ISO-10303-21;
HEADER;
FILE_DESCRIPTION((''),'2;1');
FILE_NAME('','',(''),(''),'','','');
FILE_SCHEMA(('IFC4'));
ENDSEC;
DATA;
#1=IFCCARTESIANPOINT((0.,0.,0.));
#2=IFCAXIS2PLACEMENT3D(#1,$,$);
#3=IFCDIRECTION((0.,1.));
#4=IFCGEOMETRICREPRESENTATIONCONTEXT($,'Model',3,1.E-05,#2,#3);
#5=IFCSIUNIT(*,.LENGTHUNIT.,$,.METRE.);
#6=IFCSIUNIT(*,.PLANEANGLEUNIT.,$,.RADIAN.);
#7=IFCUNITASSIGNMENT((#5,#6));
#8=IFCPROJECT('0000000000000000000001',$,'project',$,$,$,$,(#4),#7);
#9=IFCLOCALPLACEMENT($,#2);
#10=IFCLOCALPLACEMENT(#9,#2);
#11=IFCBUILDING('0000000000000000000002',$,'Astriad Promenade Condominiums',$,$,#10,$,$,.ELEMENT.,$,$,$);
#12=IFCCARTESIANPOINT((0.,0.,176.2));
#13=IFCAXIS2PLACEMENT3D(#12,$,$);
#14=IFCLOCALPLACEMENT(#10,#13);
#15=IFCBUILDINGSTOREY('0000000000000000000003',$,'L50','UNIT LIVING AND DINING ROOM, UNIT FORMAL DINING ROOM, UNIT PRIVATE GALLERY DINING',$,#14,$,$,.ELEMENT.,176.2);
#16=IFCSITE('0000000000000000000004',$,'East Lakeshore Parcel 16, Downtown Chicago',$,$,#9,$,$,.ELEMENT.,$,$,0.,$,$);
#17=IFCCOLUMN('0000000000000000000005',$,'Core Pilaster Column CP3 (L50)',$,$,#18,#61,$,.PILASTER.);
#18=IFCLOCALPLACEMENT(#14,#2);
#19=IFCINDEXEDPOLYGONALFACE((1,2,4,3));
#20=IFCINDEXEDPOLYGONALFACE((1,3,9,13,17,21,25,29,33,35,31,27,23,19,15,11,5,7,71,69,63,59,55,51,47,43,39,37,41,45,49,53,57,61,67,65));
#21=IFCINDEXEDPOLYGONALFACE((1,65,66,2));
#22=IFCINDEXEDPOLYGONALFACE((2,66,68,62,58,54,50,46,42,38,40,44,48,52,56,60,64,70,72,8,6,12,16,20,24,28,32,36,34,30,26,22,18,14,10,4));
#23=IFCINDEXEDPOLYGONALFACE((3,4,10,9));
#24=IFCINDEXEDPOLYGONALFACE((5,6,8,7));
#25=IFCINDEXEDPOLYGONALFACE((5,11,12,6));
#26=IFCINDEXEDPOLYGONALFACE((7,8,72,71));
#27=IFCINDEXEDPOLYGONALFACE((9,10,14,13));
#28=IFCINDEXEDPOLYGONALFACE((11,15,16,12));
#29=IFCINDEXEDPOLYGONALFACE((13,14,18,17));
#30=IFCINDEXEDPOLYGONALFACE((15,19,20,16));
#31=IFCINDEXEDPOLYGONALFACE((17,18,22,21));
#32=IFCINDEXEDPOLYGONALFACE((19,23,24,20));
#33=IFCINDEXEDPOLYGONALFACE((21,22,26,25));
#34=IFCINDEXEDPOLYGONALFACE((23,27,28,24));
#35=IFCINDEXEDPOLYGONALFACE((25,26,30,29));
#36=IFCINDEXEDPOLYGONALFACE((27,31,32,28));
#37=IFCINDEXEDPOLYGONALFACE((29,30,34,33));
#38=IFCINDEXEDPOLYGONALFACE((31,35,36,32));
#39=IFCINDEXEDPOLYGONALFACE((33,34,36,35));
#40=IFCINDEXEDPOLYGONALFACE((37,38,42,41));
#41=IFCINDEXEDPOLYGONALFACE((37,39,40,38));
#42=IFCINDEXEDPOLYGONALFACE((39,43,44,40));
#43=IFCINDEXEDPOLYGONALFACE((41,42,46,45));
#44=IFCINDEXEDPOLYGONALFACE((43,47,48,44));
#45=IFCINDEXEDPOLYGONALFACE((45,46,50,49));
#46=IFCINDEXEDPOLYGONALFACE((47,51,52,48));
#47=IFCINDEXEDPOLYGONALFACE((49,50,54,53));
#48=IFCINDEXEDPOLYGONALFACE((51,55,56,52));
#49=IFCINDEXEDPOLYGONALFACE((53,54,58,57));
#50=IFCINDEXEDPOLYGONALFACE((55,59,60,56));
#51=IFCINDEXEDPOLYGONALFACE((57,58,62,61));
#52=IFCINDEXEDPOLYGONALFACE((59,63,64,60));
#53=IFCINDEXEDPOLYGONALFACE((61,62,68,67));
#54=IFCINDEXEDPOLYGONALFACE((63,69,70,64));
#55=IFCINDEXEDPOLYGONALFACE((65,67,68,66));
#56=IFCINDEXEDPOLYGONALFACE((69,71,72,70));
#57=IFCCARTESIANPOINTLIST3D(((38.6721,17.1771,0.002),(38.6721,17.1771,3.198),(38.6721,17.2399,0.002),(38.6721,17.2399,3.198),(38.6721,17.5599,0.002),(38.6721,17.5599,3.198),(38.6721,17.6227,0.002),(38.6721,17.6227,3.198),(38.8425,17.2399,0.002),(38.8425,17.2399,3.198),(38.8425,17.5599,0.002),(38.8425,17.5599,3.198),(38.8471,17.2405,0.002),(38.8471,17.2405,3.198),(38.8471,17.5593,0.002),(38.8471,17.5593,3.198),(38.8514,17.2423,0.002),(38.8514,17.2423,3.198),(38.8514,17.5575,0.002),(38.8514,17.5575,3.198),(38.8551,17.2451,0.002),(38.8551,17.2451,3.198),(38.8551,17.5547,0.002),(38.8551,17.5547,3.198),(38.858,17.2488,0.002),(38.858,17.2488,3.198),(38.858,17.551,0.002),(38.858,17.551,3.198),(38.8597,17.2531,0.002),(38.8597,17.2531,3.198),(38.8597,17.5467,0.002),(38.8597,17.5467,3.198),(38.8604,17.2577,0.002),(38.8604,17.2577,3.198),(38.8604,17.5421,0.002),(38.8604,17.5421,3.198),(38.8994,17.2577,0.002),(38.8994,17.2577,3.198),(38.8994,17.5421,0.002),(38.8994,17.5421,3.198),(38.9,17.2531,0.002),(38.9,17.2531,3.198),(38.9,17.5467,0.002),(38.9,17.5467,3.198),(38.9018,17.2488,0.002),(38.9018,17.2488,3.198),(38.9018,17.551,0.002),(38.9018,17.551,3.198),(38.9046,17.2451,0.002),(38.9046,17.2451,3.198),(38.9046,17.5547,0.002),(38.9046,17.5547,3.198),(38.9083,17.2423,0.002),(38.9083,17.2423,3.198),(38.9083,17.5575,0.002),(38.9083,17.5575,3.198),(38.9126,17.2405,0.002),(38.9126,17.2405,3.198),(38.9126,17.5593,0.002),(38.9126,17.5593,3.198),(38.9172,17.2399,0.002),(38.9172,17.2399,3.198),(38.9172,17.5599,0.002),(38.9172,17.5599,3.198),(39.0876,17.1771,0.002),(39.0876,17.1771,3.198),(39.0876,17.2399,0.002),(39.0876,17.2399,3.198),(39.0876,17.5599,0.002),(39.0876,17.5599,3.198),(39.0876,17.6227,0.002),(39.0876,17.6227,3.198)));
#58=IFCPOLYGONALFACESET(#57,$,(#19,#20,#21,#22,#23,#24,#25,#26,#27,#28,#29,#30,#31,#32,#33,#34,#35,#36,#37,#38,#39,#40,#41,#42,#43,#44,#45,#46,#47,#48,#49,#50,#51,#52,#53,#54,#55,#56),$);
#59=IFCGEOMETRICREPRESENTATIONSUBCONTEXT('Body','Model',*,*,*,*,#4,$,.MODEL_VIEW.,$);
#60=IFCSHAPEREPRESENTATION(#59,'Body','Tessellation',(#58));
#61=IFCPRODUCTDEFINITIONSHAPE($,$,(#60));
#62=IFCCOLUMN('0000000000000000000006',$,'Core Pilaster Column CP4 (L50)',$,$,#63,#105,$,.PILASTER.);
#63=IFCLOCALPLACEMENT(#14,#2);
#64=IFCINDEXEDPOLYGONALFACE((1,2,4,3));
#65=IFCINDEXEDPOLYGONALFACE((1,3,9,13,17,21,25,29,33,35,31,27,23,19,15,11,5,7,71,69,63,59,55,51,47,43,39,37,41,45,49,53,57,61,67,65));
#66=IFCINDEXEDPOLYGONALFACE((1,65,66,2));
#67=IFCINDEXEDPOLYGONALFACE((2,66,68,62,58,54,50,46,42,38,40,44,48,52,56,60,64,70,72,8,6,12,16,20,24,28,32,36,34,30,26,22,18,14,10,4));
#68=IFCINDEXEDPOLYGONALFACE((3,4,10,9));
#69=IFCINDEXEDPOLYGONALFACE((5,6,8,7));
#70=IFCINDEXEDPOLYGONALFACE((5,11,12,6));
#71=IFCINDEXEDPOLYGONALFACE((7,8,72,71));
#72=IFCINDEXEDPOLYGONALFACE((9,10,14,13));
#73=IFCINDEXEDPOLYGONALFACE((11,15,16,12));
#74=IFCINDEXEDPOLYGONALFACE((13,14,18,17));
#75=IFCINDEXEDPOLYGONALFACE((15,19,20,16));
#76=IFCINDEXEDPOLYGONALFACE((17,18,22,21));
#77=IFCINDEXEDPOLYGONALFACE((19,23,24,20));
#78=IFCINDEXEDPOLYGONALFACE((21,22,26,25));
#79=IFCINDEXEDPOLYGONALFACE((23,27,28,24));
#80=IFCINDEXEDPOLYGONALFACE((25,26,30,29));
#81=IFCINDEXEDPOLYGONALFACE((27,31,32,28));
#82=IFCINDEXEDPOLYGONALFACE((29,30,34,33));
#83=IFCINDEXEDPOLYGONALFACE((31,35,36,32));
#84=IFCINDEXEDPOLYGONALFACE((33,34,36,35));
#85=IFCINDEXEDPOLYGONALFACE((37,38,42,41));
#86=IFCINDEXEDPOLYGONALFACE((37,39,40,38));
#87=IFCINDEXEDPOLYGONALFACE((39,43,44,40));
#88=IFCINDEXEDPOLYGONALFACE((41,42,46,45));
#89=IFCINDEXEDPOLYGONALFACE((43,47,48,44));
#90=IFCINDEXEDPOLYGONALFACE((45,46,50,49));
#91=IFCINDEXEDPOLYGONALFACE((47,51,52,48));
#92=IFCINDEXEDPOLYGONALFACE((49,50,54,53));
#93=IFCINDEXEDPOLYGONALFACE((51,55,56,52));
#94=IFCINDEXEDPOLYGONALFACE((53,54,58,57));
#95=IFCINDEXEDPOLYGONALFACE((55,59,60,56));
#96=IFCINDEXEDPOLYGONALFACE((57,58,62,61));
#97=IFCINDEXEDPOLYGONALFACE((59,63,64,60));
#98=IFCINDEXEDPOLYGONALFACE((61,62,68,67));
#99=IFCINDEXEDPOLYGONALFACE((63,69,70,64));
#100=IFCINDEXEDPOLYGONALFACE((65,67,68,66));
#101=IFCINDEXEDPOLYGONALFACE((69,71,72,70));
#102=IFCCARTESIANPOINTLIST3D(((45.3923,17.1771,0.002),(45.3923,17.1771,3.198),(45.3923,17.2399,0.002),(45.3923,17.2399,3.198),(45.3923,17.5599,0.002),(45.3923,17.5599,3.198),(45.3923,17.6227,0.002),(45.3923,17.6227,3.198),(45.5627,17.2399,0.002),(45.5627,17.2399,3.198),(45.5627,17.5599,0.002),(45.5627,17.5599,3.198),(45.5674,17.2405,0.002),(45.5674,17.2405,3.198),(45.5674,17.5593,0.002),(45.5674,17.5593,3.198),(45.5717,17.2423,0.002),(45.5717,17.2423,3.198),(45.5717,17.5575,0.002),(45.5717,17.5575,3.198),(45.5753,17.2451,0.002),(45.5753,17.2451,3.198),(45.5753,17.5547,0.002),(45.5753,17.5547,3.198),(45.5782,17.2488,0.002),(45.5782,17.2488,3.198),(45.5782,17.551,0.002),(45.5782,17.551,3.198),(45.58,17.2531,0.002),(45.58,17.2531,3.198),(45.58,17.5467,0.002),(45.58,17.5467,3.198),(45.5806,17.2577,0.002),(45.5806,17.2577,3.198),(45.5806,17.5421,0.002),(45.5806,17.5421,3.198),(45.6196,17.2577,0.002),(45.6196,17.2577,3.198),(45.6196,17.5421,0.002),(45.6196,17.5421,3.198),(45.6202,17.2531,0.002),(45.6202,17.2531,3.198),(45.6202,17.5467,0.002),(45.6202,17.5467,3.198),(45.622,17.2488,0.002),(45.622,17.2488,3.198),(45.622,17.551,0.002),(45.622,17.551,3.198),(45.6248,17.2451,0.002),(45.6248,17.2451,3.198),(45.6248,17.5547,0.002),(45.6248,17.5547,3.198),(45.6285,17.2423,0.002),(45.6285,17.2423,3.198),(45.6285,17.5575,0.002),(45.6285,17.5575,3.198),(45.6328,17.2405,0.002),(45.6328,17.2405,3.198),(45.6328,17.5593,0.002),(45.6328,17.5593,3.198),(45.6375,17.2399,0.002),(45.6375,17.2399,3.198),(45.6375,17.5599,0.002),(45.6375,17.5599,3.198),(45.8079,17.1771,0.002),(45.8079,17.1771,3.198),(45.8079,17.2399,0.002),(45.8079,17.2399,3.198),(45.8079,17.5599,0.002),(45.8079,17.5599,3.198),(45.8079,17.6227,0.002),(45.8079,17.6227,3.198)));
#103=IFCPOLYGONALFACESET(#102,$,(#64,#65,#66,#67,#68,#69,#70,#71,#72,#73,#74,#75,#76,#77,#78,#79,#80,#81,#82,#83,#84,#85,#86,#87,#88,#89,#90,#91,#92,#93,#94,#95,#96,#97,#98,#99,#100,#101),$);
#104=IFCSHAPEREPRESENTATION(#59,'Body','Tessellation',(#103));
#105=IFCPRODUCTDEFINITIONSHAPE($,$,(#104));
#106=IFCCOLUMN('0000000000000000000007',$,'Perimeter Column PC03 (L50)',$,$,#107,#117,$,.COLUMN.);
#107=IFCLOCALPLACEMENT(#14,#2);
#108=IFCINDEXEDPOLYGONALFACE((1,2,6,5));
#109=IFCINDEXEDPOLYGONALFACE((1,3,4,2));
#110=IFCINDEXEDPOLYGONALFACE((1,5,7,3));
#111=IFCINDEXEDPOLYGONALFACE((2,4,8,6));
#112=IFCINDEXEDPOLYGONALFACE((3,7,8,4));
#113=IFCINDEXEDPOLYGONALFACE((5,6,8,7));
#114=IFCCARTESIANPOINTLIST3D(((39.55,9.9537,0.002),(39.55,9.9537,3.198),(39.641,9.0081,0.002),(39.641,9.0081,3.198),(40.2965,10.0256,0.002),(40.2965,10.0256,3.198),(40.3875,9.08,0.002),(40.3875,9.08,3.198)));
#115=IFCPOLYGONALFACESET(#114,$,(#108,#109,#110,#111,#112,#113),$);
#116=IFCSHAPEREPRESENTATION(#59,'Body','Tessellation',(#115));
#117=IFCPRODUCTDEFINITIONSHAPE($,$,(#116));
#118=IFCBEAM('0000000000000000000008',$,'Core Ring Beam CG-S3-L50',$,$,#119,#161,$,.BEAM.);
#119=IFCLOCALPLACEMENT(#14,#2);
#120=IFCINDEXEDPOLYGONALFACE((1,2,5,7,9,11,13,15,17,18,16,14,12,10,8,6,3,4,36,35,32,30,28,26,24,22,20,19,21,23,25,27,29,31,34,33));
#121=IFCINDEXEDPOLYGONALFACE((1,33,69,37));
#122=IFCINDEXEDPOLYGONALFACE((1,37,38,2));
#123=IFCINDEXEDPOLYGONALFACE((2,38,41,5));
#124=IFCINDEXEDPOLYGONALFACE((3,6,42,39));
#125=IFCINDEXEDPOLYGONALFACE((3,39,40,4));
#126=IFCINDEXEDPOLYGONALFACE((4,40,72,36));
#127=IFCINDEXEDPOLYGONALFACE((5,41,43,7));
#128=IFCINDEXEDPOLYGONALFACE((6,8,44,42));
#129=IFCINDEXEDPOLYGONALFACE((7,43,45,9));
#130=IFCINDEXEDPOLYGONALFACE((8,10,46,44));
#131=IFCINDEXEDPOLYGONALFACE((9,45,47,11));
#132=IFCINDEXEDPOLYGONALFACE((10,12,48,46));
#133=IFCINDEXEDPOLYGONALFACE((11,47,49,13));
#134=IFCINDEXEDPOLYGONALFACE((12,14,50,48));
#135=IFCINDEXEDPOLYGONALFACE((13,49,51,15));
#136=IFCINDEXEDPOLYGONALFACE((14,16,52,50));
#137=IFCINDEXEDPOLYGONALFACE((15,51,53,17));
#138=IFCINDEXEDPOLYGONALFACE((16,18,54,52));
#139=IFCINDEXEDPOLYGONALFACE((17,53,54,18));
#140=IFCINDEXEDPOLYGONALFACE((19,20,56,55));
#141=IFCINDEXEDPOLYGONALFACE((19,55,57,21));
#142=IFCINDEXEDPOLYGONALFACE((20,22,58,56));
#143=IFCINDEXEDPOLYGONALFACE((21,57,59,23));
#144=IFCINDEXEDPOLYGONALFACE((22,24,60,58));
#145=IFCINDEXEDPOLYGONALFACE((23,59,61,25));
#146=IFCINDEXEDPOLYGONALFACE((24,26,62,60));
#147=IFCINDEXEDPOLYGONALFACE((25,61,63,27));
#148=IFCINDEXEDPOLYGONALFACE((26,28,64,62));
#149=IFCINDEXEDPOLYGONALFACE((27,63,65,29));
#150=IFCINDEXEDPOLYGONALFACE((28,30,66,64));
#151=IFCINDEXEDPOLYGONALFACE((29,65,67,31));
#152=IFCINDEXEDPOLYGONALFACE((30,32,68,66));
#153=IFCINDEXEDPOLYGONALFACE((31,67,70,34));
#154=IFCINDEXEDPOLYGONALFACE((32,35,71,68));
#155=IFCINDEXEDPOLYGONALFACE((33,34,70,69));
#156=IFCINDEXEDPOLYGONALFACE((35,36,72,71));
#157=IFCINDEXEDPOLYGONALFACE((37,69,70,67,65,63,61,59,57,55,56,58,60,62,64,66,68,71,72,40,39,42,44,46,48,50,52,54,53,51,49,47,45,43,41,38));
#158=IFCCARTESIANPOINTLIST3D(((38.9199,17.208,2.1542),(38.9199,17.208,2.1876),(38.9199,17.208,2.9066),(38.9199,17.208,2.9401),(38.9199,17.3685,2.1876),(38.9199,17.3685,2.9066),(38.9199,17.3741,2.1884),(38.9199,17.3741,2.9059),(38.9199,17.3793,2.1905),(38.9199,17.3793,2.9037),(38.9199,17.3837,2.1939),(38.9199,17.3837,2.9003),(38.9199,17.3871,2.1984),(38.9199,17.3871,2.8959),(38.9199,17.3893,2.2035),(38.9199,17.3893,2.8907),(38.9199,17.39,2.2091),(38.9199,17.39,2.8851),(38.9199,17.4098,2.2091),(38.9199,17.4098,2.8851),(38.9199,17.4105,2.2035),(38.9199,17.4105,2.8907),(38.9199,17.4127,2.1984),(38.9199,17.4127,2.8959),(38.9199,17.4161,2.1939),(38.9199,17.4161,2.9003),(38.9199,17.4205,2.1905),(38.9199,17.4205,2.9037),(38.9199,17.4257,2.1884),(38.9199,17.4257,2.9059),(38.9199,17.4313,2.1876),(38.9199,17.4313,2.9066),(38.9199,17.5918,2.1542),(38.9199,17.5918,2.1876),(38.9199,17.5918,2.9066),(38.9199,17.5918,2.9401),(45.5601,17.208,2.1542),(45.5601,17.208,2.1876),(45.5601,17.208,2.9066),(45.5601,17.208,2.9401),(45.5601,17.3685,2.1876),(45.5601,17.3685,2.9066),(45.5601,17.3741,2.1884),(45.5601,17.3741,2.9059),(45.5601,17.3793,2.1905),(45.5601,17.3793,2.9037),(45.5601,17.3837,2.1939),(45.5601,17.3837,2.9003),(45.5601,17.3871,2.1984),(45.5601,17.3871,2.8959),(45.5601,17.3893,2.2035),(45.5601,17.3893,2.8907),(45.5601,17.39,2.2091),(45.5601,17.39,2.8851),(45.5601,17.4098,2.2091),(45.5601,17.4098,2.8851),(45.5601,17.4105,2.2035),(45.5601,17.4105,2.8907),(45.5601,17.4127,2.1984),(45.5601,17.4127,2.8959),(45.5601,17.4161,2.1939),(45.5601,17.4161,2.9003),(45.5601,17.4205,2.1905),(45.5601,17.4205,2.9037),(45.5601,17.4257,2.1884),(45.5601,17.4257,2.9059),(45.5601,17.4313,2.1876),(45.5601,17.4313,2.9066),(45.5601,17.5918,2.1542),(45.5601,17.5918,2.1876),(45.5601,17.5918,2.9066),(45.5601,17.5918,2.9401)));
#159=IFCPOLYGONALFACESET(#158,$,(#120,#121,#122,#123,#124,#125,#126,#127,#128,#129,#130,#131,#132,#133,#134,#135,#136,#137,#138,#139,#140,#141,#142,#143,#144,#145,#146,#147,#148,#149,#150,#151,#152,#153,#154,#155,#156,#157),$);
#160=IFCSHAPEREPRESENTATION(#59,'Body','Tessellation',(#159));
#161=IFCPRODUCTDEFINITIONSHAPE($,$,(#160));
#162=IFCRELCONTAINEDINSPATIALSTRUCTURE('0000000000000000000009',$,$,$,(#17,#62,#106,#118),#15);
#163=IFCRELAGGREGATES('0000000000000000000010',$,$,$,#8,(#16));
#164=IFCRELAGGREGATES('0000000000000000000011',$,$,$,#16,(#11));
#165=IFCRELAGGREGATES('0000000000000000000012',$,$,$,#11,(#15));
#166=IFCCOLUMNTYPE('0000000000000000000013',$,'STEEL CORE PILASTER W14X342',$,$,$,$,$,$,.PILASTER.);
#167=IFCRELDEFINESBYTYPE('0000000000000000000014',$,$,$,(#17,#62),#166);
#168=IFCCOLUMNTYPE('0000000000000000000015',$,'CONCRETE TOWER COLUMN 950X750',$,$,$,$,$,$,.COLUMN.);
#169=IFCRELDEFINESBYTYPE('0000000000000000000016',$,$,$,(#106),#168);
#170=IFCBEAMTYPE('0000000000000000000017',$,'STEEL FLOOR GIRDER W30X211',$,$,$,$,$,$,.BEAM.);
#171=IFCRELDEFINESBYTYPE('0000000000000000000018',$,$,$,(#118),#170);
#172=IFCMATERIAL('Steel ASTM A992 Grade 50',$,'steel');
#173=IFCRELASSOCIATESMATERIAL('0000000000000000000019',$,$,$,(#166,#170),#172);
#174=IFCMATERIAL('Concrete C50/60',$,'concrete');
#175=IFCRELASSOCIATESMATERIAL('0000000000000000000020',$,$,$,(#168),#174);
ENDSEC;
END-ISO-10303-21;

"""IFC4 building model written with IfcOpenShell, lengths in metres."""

from ifc_helpers import new_model, si_unit, direction, frame, origin, origin_2d, place, context, subcontext, project, spatial, rectangle, i_section, extrude, source, transform, mapped, material, material_profile, profile_set, type_object, type_shapes, element, save


model = new_model("IFC4")

# Units and contexts
model_context = context("Model", 3, precision=1e-05, world=origin(), true_north=direction((0.0, 1.0)))
body_context = subcontext(model_context, "Body", "Model", "MODEL_VIEW")
ifc_project = project(units=[si_unit("LENGTHUNIT", "METRE"), si_unit("PLANEANGLEUNIT", "RADIAN")], contexts=[model_context])

# Site, building, storey
site_placement = place(None, origin())
site = spatial("IfcSite", under=ifc_project, at=site_placement, Name="East Lakeshore Parcel 16, Downtown Chicago", CompositionType="ELEMENT", RefElevation=0.0)
building_placement = place(site_placement, origin())
building = spatial("IfcBuilding", under=site, at=building_placement, Name="Astriad Promenade Condominiums", CompositionType="ELEMENT")
storey_placement = place(building_placement, frame((0.0, 0.0, 176.2)))
storey = spatial("IfcBuildingStorey", under=building, at=storey_placement, Name="L50", Description="UNIT LIVING AND DINING ROOM, UNIT FORMAL DINING ROOM, UNIT PRIVATE GALLERY DINING", CompositionType="ELEMENT", Elevation=176.2)

# Columns
ifc_material_1 = material(Name="Steel ASTM A992 Grade 50", Category="steel")
ifc_material_profile_1 = material_profile(ifc_material_1, i_section(OverallWidth=0.4155, OverallDepth=0.4456, WebThickness=0.0391, FlangeThickness=0.0627, FilletRadius=0.0178, at=origin_2d()), Name="W14X342")
ifc_profile_set_1 = profile_set([ifc_material_profile_1], Name="Steel ASTM A992 Grade 50")
column_type_1 = type_object("IfcColumnType", Name="STEEL CORE PILASTER W14X342", PredefinedType="PILASTER", material=ifc_profile_set_1)
shared_shape_1 = source(origin(), body_context, "Body", "SweptSolid", [
    extrude(i_section(OverallWidth=0.4155, OverallDepth=0.4456, WebThickness=0.0391, FlangeThickness=0.0627, FilletRadius=0.0178, at=origin_2d()), origin(), (0.0, 0.0, 1.0), 3.196),
])
type_shapes(column_type_1, [shared_shape_1])
for number, where, z_axis, x_axis, name in (
    (1, (38.8799, 17.3999, 0.002), (0.0, 0.0, 1.0), (1.0, 0.0, 0.0), "Core Pilaster Column CP3 (L50)"),
    (2, (45.6001, 17.3999, 0.002), (0.0, 0.0, 1.0), (1.0, 0.0, 0.0), "Core Pilaster Column CP4 (L50)"),
):
    element("IfcColumn", number, at=place(storey_placement, frame(where, z_axis=z_axis, x_axis=x_axis)), inside=storey, type_object=column_type_1, Name=name, PredefinedType="PILASTER", context=body_context, shape_type="MappedRepresentation", body=[
        mapped(shared_shape_1, transform((0.0, 0.0, 0.0), scale=1.0)),
    ])
ifc_material_2 = material(Name="Concrete C50/60", Category="concrete")
ifc_material_profile_2 = material_profile(ifc_material_2, rectangle(XDim=0.75, YDim=0.95, at=origin_2d()), Name="RC-COL-950X750")
ifc_profile_set_2 = profile_set([ifc_material_profile_2], Name="Concrete C50/60")
column_type_2 = type_object("IfcColumnType", Name="CONCRETE TOWER COLUMN 950X750", PredefinedType="COLUMN", material=ifc_profile_set_2)
shared_shape_2 = source(origin(), body_context, "Body", "SweptSolid", [
    extrude(rectangle(XDim=0.75, YDim=0.95, at=origin_2d()), origin(), (0.0, 0.0, 1.0), 3.196),
])
type_shapes(column_type_2, [shared_shape_2])
column_placement = place(storey_placement, frame((39.9688, 9.5168, 0.002), z_axis=(0.0, 0.0, 1.0), x_axis=(0.995396, 0.095846, 0.0)))
element("IfcColumn", 3, at=column_placement, inside=storey, type_object=column_type_2, Name="Perimeter Column PC03 (L50)", PredefinedType="COLUMN", context=body_context, shape_type="MappedRepresentation", body=[
    mapped(shared_shape_2, transform((0.0, 0.0, 0.0), scale=1.0)),
])

# Beam
ifc_material_profile_3 = material_profile(ifc_material_1, i_section(OverallWidth=0.3838, OverallDepth=0.7859, WebThickness=0.0198, FlangeThickness=0.0334, FilletRadius=0.0215, at=origin_2d()), Name="W30X211")
ifc_profile_set_3 = profile_set([ifc_material_profile_3], Name="Steel ASTM A992 Grade 50")
beam_type_1 = type_object("IfcBeamType", Name="STEEL FLOOR GIRDER W30X211", PredefinedType="BEAM", material=ifc_profile_set_3)
shared_shape_3 = source(origin(), body_context, "Body", "SweptSolid", [
    extrude(i_section(OverallWidth=0.3838, OverallDepth=0.7859, WebThickness=0.0198, FlangeThickness=0.0334, FilletRadius=0.0215, at=origin_2d()), origin(), (0.0, 0.0, 1.0), 6.6401),
])
type_shapes(beam_type_1, [shared_shape_3])
beam_1_placement = place(storey_placement, frame((38.9199, 17.3999, 2.5471), z_axis=(1.0, 0.0, 0.0), x_axis=(0.0, 1.0, 0.0)))
element("IfcBeam", 4, at=beam_1_placement, inside=storey, type_object=beam_type_1, Name="Core Ring Beam CG-S3-L50", PredefinedType="BEAM", context=body_context, shape_type="MappedRepresentation", body=[
    mapped(shared_shape_3, transform((0.0, 0.0, 0.0), scale=1.0)),
])

save(model, "model.ifc")
